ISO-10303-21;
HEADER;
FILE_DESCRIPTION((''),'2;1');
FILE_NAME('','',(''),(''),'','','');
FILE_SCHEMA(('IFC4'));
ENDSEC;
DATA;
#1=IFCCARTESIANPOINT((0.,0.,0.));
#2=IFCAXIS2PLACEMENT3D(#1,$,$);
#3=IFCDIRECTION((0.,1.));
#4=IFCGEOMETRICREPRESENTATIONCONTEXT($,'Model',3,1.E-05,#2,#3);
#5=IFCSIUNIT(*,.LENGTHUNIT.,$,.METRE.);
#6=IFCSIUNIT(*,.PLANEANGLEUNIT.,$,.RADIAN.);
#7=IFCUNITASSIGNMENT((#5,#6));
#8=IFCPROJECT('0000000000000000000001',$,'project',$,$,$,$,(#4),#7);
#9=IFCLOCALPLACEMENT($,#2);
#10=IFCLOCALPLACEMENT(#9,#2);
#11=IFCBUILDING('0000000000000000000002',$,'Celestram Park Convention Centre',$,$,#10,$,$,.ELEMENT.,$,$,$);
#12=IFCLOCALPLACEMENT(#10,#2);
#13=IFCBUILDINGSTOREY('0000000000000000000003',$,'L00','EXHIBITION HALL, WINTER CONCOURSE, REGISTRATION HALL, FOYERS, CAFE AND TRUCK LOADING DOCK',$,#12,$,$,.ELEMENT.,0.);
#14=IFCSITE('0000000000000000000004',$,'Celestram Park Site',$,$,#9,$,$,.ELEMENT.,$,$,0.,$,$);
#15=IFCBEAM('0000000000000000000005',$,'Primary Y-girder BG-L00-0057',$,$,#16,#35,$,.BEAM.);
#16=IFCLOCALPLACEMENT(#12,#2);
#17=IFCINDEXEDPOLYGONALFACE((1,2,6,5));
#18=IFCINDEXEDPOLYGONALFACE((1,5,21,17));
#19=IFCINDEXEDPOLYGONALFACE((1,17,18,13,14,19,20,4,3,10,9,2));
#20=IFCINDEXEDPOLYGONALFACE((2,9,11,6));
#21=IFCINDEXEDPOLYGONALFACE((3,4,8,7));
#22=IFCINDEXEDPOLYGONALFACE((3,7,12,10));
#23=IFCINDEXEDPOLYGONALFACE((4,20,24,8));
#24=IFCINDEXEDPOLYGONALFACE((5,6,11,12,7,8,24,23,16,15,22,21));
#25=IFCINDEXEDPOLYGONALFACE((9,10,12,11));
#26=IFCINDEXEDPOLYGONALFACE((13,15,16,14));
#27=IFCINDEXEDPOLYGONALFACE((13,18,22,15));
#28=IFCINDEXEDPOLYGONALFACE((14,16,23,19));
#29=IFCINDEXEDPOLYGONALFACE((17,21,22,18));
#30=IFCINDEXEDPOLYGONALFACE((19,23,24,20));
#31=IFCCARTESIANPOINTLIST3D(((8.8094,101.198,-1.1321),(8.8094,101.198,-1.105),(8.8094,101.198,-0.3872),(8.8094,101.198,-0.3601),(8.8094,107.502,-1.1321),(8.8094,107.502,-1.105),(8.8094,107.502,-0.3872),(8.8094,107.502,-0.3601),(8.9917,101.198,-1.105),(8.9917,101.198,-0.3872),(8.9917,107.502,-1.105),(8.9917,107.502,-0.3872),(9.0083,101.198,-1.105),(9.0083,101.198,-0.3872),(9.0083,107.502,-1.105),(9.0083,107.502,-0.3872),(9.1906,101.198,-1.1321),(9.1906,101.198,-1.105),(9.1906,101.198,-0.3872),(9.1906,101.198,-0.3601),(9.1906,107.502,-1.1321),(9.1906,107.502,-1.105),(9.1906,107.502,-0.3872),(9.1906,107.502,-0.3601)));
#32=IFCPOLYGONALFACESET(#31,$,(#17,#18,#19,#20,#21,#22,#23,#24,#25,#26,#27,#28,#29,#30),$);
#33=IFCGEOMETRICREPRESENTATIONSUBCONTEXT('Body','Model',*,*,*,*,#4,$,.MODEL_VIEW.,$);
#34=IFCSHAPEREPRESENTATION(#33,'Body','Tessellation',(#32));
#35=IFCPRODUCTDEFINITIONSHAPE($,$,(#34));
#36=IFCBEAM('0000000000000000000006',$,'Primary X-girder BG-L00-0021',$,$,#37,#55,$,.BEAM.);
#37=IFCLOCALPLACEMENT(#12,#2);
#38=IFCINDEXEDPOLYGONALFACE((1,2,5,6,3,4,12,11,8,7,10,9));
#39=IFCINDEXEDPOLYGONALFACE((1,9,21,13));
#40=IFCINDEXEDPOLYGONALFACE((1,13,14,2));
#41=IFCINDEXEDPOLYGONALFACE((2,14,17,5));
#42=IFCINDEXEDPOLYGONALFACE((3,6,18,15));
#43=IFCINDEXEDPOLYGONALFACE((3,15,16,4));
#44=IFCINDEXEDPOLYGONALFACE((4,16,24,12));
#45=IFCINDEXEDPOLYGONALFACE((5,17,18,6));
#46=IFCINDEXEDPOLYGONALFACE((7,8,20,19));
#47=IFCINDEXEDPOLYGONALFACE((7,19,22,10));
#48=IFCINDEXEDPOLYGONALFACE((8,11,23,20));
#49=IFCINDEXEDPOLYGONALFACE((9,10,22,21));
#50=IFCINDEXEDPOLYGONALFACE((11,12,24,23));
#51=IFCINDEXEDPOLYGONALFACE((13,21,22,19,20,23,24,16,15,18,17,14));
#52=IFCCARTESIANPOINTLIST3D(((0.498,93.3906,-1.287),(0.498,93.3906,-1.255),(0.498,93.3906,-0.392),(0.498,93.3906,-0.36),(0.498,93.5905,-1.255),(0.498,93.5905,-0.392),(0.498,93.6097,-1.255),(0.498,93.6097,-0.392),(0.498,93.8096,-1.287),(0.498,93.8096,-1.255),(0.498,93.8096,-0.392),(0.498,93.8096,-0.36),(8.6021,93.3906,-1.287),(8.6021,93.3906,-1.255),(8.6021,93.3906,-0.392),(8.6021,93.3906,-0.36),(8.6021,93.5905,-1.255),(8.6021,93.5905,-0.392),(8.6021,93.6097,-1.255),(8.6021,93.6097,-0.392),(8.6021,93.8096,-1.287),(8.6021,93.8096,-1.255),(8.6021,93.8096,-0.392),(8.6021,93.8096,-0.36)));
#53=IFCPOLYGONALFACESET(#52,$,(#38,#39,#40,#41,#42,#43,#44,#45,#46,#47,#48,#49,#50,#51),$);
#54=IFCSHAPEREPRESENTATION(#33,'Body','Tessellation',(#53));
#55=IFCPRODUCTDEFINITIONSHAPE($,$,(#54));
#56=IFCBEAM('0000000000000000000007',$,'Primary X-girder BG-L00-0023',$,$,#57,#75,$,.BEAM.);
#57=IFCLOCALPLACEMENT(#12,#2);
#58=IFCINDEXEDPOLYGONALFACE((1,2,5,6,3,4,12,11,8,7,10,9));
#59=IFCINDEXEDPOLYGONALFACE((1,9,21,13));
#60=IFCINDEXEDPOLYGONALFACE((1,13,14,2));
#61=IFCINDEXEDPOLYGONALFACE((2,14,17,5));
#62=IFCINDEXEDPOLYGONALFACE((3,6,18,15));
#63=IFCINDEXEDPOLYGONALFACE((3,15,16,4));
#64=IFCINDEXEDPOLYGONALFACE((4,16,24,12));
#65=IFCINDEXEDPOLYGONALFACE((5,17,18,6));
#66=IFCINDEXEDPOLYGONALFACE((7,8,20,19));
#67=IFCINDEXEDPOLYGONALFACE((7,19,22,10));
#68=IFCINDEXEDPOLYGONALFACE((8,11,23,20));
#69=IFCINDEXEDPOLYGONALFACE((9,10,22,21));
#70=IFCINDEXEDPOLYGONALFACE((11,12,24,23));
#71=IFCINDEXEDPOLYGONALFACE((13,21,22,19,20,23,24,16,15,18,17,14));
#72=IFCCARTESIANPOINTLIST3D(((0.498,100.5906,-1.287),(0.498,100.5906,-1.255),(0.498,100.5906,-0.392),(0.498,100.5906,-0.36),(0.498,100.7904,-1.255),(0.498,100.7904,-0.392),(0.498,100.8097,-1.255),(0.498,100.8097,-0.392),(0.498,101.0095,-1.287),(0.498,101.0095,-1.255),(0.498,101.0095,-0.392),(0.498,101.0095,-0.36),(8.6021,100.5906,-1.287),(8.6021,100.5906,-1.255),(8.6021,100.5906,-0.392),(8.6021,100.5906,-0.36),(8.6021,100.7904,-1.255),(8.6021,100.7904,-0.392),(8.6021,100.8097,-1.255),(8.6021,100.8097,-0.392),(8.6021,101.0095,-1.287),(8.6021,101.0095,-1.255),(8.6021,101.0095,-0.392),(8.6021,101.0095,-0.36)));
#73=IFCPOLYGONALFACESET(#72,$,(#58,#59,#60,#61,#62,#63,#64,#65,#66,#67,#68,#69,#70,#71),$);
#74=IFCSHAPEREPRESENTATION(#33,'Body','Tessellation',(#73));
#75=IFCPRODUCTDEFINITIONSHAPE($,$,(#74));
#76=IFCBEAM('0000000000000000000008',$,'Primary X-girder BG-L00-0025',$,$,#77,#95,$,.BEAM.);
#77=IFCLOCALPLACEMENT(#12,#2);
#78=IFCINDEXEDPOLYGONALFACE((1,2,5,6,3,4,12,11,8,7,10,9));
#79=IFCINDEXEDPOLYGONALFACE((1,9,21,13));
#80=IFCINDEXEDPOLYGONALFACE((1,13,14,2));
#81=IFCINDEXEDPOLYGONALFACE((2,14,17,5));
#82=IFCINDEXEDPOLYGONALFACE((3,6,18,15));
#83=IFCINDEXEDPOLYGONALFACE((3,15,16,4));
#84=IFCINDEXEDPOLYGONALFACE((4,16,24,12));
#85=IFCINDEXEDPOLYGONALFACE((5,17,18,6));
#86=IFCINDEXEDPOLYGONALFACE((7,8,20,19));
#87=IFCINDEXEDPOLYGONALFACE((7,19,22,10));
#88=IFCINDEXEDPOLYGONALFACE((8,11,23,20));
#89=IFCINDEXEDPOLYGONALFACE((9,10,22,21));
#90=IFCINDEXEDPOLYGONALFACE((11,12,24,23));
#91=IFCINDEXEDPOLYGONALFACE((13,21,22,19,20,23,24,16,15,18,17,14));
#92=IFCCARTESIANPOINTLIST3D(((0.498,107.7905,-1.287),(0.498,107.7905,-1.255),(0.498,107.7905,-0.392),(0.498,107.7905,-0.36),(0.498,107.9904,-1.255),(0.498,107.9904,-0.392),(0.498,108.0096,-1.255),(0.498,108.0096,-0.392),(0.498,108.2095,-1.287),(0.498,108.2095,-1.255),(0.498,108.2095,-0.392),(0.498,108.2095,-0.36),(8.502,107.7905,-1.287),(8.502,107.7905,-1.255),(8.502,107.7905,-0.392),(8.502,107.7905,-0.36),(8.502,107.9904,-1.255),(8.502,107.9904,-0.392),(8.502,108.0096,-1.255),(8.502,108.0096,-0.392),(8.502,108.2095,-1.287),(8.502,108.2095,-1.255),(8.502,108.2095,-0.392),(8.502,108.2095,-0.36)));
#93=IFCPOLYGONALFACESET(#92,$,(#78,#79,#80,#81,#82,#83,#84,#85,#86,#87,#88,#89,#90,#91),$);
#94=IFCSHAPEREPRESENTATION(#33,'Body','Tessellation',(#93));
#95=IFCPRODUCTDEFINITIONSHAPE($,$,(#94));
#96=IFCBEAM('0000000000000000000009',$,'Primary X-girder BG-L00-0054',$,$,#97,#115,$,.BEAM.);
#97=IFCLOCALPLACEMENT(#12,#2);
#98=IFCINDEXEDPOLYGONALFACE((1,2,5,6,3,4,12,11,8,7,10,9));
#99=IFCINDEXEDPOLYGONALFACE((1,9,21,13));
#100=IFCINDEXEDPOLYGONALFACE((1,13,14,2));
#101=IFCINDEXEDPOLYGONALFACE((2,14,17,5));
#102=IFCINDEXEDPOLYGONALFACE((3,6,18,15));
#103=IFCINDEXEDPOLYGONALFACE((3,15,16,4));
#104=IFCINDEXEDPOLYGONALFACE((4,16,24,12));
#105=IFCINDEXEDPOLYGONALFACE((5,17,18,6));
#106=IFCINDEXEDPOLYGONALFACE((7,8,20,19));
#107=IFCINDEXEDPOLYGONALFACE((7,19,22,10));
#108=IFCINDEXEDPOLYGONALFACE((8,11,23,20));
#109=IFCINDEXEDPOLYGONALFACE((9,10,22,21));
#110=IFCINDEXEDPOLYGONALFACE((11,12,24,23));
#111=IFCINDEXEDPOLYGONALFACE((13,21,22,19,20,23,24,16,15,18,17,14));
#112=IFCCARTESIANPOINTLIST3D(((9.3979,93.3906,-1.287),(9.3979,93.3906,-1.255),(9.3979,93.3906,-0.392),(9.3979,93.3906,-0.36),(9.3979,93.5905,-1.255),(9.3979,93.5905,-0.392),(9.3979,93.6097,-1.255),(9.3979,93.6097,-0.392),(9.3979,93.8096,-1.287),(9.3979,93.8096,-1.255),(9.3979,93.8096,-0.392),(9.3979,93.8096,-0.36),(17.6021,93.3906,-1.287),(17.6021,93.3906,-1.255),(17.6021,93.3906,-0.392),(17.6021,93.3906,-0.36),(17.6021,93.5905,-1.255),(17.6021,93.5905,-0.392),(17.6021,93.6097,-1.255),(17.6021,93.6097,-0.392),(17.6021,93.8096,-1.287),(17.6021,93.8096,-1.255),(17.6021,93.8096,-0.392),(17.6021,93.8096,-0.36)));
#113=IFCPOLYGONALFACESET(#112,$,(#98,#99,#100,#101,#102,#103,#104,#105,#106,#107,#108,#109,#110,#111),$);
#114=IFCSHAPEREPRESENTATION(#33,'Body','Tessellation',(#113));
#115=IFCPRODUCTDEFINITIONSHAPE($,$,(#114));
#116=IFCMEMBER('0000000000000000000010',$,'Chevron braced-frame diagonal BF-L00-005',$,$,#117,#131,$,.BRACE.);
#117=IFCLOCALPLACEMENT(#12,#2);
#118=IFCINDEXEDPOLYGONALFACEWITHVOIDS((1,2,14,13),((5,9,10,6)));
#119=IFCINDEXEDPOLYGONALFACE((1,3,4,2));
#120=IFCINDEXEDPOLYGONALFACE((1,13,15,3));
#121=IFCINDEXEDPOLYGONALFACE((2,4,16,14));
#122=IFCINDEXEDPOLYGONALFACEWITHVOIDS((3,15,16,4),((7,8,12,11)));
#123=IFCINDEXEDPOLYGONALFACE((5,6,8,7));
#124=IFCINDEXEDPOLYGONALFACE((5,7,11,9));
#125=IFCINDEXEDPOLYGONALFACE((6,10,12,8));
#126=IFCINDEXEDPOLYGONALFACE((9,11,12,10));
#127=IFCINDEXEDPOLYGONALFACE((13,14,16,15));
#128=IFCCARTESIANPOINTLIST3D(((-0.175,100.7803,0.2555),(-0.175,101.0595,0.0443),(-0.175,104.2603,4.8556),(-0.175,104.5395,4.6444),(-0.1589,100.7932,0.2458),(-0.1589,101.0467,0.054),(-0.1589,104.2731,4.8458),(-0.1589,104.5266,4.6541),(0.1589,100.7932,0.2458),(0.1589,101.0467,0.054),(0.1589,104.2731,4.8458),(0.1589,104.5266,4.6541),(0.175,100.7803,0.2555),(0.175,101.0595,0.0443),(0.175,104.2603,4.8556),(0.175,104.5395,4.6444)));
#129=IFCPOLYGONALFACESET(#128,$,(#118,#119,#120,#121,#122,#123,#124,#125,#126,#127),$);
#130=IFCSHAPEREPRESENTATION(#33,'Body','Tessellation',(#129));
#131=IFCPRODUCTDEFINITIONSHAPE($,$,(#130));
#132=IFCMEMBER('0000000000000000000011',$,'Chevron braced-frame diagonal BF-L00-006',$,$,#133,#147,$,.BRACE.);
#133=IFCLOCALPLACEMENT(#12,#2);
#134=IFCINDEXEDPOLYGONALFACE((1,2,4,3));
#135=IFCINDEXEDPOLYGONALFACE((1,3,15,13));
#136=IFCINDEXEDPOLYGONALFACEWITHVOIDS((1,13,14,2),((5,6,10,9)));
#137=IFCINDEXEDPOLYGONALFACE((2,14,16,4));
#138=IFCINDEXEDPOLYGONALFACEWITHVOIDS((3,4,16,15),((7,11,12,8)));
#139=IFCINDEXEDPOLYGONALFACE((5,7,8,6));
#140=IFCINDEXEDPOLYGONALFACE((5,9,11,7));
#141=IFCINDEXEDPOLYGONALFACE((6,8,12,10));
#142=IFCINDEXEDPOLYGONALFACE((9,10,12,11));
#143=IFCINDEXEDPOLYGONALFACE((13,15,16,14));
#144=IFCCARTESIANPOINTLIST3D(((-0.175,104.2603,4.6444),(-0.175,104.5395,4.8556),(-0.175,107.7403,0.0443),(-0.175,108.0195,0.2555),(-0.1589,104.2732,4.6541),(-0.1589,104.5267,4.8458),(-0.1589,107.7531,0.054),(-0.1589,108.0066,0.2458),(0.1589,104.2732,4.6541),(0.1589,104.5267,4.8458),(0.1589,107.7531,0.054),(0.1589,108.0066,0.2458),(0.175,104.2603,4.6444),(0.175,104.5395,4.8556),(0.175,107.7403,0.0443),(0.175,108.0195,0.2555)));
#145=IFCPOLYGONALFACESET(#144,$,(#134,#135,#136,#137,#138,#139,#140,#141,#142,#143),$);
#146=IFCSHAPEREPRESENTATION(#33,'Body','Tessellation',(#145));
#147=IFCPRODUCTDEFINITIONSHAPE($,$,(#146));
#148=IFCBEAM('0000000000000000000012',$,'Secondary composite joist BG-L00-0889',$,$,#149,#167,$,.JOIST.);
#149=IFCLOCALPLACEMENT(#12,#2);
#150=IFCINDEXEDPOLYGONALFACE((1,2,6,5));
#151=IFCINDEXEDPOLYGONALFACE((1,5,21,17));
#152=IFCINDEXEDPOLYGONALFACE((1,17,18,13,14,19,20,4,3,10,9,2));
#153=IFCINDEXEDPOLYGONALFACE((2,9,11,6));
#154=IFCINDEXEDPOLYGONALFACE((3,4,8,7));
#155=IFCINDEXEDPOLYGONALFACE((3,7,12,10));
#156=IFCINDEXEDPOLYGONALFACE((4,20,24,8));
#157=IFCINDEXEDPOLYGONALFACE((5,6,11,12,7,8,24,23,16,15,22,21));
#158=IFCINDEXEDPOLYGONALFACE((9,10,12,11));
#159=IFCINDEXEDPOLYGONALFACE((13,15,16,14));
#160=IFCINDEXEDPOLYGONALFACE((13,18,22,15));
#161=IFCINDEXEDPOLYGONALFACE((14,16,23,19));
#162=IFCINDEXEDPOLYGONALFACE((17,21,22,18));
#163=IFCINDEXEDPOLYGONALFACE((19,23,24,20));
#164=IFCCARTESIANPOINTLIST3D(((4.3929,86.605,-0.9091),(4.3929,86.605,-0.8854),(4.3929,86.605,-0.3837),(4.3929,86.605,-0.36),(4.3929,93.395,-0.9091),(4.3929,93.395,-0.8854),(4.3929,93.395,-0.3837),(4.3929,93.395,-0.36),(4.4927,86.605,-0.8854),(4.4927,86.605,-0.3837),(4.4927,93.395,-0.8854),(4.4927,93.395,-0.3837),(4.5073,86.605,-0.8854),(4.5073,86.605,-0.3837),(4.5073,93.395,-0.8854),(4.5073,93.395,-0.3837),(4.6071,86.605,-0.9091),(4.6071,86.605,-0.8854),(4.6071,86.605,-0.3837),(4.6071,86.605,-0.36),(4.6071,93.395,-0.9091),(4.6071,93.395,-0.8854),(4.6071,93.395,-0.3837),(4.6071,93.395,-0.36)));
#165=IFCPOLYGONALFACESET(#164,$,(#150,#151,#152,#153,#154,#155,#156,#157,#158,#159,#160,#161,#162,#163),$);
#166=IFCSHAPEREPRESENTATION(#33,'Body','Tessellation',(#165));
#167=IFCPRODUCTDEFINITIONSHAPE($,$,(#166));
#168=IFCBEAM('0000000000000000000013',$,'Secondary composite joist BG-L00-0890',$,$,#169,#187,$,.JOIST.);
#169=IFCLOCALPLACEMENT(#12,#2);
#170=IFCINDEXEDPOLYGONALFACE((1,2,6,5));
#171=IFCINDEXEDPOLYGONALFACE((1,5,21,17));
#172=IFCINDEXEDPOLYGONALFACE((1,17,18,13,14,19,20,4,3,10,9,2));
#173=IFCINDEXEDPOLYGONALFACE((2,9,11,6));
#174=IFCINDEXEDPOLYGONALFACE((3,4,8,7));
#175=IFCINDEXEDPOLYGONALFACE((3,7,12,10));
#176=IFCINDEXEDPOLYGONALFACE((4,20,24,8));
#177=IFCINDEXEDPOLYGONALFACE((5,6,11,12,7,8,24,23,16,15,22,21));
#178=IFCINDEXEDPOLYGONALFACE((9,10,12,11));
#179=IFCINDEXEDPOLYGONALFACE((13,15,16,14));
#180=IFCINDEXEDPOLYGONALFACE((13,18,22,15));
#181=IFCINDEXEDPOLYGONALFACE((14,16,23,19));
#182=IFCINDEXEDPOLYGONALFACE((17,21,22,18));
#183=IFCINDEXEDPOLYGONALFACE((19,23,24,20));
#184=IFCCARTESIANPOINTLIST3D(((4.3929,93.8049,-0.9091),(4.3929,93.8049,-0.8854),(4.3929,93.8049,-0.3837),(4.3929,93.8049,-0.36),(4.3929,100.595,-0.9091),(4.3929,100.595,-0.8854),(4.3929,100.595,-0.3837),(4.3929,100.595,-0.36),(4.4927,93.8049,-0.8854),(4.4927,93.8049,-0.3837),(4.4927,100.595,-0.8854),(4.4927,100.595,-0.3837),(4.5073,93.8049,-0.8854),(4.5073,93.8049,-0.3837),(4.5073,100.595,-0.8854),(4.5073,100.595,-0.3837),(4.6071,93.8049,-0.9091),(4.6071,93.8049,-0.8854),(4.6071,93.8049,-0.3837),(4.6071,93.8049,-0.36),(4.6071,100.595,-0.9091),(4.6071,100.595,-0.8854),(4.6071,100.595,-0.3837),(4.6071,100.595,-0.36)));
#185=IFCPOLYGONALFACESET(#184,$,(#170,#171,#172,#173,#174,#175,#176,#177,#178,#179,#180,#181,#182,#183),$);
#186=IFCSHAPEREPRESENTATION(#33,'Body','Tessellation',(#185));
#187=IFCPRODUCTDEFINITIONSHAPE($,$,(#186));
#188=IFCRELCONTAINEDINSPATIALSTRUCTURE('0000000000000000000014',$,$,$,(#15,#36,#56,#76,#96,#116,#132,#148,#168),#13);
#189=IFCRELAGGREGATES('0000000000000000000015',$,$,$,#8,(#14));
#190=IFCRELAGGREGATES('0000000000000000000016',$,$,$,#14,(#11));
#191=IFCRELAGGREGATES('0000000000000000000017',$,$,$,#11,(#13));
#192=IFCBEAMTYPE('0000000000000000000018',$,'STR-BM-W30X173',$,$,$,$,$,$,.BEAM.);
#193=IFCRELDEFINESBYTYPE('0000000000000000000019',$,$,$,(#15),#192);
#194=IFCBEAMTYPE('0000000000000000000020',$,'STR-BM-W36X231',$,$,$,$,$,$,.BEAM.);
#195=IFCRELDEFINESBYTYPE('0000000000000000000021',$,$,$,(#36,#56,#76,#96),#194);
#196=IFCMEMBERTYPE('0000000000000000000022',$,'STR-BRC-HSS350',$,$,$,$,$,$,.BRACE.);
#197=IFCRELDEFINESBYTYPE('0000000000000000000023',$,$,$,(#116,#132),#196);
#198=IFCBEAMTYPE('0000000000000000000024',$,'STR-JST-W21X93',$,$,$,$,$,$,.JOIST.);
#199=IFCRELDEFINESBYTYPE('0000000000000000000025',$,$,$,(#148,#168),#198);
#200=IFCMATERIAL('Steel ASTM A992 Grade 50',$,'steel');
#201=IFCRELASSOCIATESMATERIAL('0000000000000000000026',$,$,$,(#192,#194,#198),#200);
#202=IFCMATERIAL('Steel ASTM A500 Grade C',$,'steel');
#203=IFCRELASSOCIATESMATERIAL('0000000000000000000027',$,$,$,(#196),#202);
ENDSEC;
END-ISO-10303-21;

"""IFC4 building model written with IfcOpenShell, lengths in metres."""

from ifc_helpers import new_model, si_unit, direction, frame, origin, origin_2d, place, context, subcontext, project, spatial, hollow_rectangle, i_section, extrude, material, material_profile, profile_set, type_object, element, save


model = new_model("IFC4")

# Units and contexts
model_context = context("Model", 3, precision=1e-05, world=origin(), true_north=direction((0.0, 1.0)))
body_context = subcontext(model_context, "Body", "Model", "MODEL_VIEW")
ifc_project = project(units=[si_unit("LENGTHUNIT", "METRE"), si_unit("PLANEANGLEUNIT", "RADIAN")], contexts=[model_context])

# Site, building, storey
site_placement = place(None, origin())
site = spatial("IfcSite", under=ifc_project, at=site_placement, Name="Celestram Park Site", CompositionType="ELEMENT", RefElevation=0.0)
building_placement = place(site_placement, origin())
building = spatial("IfcBuilding", under=site, at=building_placement, Name="Celestram Park Convention Centre", CompositionType="ELEMENT")
storey_placement = place(building_placement, origin())
storey = spatial("IfcBuildingStorey", under=building, at=storey_placement, Name="L00", Description="EXHIBITION HALL, WINTER CONCOURSE, REGISTRATION HALL, FOYERS, CAFE AND TRUCK LOADING DOCK", CompositionType="ELEMENT", Elevation=0.0)

# Shared definitions
ifc_material_1 = material(Name="Steel ASTM A992 Grade 50", Category="steel")

# Beams
ifc_material_profile_1 = material_profile(ifc_material_1, i_section(OverallWidth=0.3811, OverallDepth=0.772, WebThickness=0.0166, FlangeThickness=0.0271, at=origin_2d()), Name="W30X173")
ifc_profile_set_1 = profile_set([ifc_material_profile_1], Name="Steel ASTM A992 Grade 50")
beam_type_1 = type_object("IfcBeamType", Name="STR-BM-W30X173", PredefinedType="BEAM", material=ifc_profile_set_1)
beam_1_placement = place(storey_placement, frame((9.0, 101.198, -0.7461), z_axis=(0.0, 1.0, 0.0), x_axis=(-1.0, 0.0, 0.0)))
element("IfcBeam", 1, at=beam_1_placement, inside=storey, type_object=beam_type_1, Name="Primary Y-girder BG-L00-0057", PredefinedType="BEAM", context=body_context, shape_type="SweptSolid", body=[
    extrude(i_section(OverallWidth=0.3811, OverallDepth=0.772, WebThickness=0.0166, FlangeThickness=0.0271, at=origin_2d()), origin(), (0.0, 0.0, 1.0), 6.304),
])
ifc_material_profile_2 = material_profile(ifc_material_1, i_section(OverallWidth=0.4189, OverallDepth=0.927, WebThickness=0.0193, FlangeThickness=0.032, at=origin_2d()), Name="W36X231")
ifc_profile_set_2 = profile_set([ifc_material_profile_2], Name="Steel ASTM A992 Grade 50")
beam_type_2 = type_object("IfcBeamType", Name="STR-BM-W36X231", PredefinedType="BEAM", material=ifc_profile_set_2)
for number, where, z_axis, x_axis, name in (
    (2, (0.498, 93.6001, -0.8235), (1.0, 0.0, 0.0), (0.0, 1.0, 0.0), "Primary X-girder BG-L00-0021"),
    (3, (0.498, 100.8, -0.8235), (1.0, 0.0, 0.0), (0.0, 1.0, 0.0), "Primary X-girder BG-L00-0023"),
):
    element("IfcBeam", number, at=place(storey_placement, frame(where, z_axis=z_axis, x_axis=x_axis)), inside=storey, type_object=beam_type_2, Name=name, PredefinedType="BEAM", context=body_context, shape_type="SweptSolid", body=[
        extrude(i_section(OverallWidth=0.4189, OverallDepth=0.927, WebThickness=0.0193, FlangeThickness=0.032, at=origin_2d()), origin(), (0.0, 0.0, 1.0), 8.104),
    ])
beam_2_placement = place(storey_placement, frame((0.498, 108.0, -0.8235), z_axis=(1.0, 0.0, 0.0), x_axis=(0.0, 1.0, 0.0)))
element("IfcBeam", 4, at=beam_2_placement, inside=storey, type_object=beam_type_2, Name="Primary X-girder BG-L00-0025", PredefinedType="BEAM", context=body_context, shape_type="SweptSolid", body=[
    extrude(i_section(OverallWidth=0.4189, OverallDepth=0.927, WebThickness=0.0193, FlangeThickness=0.032, at=origin_2d()), origin(), (0.0, 0.0, 1.0), 8.0039),
])
beam_3_placement = place(storey_placement, frame((9.3979, 93.6001, -0.8235), z_axis=(1.0, 0.0, 0.0), x_axis=(0.0, 1.0, 0.0)))
element("IfcBeam", 5, at=beam_3_placement, inside=storey, type_object=beam_type_2, Name="Primary X-girder BG-L00-0054", PredefinedType="BEAM", context=body_context, shape_type="SweptSolid", body=[
    extrude(i_section(OverallWidth=0.4189, OverallDepth=0.927, WebThickness=0.0193, FlangeThickness=0.032, at=origin_2d()), origin(), (0.0, 0.0, 1.0), 8.2041),
])

# Members
ifc_material_2 = material(Name="Steel ASTM A500 Grade C", Category="steel")
ifc_material_profile_3 = material_profile(ifc_material_2, hollow_rectangle(XDim=0.3501, YDim=0.3501, WallThickness=0.0161, at=origin_2d()), Name="HSS350X350X16")
ifc_profile_set_3 = profile_set([ifc_material_profile_3], Name="Steel ASTM A500 Grade C")
member_type = type_object("IfcMemberType", Name="STR-BRC-HSS350", PredefinedType="BRACE", material=ifc_profile_set_3)
for number, where, z_axis, x_axis, name in (
    (6, (0.0, 100.9199, 0.1499), (0.0, 0.603313, 0.797504), (-1.0, 0.0, 0.0), "Chevron braced-frame diagonal BF-L00-005"),
    (7, (0.0, 107.8799, 0.1499), (0.0, -0.603313, 0.797504), (1.0, 0.0, 0.0), "Chevron braced-frame diagonal BF-L00-006"),
):
    element("IfcMember", number, at=place(storey_placement, frame(where, z_axis=z_axis, x_axis=x_axis)), inside=storey, type_object=member_type, Name=name, PredefinedType="BRACE", context=body_context, shape_type="SweptSolid", body=[
        extrude(hollow_rectangle(XDim=0.3501, YDim=0.3501, WallThickness=0.0161, at=origin_2d()), origin(), (0.0, 0.0, 1.0), 5.7681),
    ])

# Beams
ifc_material_profile_4 = material_profile(ifc_material_1, i_section(OverallWidth=0.2141, OverallDepth=0.5491, WebThickness=0.0146, FlangeThickness=0.0237, at=origin_2d()), Name="W21X93")
ifc_profile_set_4 = profile_set([ifc_material_profile_4], Name="Steel ASTM A992 Grade 50")
beam_type_3 = type_object("IfcBeamType", Name="STR-JST-W21X93", PredefinedType="JOIST", material=ifc_profile_set_4)
for number, where, z_axis, x_axis, name in (
    (8, (4.5, 86.605, -0.6345), (0.0, 1.0, 0.0), (-1.0, 0.0, 0.0), "Secondary composite joist BG-L00-0889"),
    (9, (4.5, 93.8049, -0.6345), (0.0, 1.0, 0.0), (-1.0, 0.0, 0.0), "Secondary composite joist BG-L00-0890"),
):
    element("IfcBeam", number, at=place(storey_placement, frame(where, z_axis=z_axis, x_axis=x_axis)), inside=storey, type_object=beam_type_3, Name=name, PredefinedType="JOIST", context=body_context, shape_type="SweptSolid", body=[
        extrude(i_section(OverallWidth=0.2141, OverallDepth=0.5491, WebThickness=0.0146, FlangeThickness=0.0237, at=origin_2d()), origin(), (0.0, 0.0, 1.0), 6.79),
    ])

save(model, "model.ifc")
